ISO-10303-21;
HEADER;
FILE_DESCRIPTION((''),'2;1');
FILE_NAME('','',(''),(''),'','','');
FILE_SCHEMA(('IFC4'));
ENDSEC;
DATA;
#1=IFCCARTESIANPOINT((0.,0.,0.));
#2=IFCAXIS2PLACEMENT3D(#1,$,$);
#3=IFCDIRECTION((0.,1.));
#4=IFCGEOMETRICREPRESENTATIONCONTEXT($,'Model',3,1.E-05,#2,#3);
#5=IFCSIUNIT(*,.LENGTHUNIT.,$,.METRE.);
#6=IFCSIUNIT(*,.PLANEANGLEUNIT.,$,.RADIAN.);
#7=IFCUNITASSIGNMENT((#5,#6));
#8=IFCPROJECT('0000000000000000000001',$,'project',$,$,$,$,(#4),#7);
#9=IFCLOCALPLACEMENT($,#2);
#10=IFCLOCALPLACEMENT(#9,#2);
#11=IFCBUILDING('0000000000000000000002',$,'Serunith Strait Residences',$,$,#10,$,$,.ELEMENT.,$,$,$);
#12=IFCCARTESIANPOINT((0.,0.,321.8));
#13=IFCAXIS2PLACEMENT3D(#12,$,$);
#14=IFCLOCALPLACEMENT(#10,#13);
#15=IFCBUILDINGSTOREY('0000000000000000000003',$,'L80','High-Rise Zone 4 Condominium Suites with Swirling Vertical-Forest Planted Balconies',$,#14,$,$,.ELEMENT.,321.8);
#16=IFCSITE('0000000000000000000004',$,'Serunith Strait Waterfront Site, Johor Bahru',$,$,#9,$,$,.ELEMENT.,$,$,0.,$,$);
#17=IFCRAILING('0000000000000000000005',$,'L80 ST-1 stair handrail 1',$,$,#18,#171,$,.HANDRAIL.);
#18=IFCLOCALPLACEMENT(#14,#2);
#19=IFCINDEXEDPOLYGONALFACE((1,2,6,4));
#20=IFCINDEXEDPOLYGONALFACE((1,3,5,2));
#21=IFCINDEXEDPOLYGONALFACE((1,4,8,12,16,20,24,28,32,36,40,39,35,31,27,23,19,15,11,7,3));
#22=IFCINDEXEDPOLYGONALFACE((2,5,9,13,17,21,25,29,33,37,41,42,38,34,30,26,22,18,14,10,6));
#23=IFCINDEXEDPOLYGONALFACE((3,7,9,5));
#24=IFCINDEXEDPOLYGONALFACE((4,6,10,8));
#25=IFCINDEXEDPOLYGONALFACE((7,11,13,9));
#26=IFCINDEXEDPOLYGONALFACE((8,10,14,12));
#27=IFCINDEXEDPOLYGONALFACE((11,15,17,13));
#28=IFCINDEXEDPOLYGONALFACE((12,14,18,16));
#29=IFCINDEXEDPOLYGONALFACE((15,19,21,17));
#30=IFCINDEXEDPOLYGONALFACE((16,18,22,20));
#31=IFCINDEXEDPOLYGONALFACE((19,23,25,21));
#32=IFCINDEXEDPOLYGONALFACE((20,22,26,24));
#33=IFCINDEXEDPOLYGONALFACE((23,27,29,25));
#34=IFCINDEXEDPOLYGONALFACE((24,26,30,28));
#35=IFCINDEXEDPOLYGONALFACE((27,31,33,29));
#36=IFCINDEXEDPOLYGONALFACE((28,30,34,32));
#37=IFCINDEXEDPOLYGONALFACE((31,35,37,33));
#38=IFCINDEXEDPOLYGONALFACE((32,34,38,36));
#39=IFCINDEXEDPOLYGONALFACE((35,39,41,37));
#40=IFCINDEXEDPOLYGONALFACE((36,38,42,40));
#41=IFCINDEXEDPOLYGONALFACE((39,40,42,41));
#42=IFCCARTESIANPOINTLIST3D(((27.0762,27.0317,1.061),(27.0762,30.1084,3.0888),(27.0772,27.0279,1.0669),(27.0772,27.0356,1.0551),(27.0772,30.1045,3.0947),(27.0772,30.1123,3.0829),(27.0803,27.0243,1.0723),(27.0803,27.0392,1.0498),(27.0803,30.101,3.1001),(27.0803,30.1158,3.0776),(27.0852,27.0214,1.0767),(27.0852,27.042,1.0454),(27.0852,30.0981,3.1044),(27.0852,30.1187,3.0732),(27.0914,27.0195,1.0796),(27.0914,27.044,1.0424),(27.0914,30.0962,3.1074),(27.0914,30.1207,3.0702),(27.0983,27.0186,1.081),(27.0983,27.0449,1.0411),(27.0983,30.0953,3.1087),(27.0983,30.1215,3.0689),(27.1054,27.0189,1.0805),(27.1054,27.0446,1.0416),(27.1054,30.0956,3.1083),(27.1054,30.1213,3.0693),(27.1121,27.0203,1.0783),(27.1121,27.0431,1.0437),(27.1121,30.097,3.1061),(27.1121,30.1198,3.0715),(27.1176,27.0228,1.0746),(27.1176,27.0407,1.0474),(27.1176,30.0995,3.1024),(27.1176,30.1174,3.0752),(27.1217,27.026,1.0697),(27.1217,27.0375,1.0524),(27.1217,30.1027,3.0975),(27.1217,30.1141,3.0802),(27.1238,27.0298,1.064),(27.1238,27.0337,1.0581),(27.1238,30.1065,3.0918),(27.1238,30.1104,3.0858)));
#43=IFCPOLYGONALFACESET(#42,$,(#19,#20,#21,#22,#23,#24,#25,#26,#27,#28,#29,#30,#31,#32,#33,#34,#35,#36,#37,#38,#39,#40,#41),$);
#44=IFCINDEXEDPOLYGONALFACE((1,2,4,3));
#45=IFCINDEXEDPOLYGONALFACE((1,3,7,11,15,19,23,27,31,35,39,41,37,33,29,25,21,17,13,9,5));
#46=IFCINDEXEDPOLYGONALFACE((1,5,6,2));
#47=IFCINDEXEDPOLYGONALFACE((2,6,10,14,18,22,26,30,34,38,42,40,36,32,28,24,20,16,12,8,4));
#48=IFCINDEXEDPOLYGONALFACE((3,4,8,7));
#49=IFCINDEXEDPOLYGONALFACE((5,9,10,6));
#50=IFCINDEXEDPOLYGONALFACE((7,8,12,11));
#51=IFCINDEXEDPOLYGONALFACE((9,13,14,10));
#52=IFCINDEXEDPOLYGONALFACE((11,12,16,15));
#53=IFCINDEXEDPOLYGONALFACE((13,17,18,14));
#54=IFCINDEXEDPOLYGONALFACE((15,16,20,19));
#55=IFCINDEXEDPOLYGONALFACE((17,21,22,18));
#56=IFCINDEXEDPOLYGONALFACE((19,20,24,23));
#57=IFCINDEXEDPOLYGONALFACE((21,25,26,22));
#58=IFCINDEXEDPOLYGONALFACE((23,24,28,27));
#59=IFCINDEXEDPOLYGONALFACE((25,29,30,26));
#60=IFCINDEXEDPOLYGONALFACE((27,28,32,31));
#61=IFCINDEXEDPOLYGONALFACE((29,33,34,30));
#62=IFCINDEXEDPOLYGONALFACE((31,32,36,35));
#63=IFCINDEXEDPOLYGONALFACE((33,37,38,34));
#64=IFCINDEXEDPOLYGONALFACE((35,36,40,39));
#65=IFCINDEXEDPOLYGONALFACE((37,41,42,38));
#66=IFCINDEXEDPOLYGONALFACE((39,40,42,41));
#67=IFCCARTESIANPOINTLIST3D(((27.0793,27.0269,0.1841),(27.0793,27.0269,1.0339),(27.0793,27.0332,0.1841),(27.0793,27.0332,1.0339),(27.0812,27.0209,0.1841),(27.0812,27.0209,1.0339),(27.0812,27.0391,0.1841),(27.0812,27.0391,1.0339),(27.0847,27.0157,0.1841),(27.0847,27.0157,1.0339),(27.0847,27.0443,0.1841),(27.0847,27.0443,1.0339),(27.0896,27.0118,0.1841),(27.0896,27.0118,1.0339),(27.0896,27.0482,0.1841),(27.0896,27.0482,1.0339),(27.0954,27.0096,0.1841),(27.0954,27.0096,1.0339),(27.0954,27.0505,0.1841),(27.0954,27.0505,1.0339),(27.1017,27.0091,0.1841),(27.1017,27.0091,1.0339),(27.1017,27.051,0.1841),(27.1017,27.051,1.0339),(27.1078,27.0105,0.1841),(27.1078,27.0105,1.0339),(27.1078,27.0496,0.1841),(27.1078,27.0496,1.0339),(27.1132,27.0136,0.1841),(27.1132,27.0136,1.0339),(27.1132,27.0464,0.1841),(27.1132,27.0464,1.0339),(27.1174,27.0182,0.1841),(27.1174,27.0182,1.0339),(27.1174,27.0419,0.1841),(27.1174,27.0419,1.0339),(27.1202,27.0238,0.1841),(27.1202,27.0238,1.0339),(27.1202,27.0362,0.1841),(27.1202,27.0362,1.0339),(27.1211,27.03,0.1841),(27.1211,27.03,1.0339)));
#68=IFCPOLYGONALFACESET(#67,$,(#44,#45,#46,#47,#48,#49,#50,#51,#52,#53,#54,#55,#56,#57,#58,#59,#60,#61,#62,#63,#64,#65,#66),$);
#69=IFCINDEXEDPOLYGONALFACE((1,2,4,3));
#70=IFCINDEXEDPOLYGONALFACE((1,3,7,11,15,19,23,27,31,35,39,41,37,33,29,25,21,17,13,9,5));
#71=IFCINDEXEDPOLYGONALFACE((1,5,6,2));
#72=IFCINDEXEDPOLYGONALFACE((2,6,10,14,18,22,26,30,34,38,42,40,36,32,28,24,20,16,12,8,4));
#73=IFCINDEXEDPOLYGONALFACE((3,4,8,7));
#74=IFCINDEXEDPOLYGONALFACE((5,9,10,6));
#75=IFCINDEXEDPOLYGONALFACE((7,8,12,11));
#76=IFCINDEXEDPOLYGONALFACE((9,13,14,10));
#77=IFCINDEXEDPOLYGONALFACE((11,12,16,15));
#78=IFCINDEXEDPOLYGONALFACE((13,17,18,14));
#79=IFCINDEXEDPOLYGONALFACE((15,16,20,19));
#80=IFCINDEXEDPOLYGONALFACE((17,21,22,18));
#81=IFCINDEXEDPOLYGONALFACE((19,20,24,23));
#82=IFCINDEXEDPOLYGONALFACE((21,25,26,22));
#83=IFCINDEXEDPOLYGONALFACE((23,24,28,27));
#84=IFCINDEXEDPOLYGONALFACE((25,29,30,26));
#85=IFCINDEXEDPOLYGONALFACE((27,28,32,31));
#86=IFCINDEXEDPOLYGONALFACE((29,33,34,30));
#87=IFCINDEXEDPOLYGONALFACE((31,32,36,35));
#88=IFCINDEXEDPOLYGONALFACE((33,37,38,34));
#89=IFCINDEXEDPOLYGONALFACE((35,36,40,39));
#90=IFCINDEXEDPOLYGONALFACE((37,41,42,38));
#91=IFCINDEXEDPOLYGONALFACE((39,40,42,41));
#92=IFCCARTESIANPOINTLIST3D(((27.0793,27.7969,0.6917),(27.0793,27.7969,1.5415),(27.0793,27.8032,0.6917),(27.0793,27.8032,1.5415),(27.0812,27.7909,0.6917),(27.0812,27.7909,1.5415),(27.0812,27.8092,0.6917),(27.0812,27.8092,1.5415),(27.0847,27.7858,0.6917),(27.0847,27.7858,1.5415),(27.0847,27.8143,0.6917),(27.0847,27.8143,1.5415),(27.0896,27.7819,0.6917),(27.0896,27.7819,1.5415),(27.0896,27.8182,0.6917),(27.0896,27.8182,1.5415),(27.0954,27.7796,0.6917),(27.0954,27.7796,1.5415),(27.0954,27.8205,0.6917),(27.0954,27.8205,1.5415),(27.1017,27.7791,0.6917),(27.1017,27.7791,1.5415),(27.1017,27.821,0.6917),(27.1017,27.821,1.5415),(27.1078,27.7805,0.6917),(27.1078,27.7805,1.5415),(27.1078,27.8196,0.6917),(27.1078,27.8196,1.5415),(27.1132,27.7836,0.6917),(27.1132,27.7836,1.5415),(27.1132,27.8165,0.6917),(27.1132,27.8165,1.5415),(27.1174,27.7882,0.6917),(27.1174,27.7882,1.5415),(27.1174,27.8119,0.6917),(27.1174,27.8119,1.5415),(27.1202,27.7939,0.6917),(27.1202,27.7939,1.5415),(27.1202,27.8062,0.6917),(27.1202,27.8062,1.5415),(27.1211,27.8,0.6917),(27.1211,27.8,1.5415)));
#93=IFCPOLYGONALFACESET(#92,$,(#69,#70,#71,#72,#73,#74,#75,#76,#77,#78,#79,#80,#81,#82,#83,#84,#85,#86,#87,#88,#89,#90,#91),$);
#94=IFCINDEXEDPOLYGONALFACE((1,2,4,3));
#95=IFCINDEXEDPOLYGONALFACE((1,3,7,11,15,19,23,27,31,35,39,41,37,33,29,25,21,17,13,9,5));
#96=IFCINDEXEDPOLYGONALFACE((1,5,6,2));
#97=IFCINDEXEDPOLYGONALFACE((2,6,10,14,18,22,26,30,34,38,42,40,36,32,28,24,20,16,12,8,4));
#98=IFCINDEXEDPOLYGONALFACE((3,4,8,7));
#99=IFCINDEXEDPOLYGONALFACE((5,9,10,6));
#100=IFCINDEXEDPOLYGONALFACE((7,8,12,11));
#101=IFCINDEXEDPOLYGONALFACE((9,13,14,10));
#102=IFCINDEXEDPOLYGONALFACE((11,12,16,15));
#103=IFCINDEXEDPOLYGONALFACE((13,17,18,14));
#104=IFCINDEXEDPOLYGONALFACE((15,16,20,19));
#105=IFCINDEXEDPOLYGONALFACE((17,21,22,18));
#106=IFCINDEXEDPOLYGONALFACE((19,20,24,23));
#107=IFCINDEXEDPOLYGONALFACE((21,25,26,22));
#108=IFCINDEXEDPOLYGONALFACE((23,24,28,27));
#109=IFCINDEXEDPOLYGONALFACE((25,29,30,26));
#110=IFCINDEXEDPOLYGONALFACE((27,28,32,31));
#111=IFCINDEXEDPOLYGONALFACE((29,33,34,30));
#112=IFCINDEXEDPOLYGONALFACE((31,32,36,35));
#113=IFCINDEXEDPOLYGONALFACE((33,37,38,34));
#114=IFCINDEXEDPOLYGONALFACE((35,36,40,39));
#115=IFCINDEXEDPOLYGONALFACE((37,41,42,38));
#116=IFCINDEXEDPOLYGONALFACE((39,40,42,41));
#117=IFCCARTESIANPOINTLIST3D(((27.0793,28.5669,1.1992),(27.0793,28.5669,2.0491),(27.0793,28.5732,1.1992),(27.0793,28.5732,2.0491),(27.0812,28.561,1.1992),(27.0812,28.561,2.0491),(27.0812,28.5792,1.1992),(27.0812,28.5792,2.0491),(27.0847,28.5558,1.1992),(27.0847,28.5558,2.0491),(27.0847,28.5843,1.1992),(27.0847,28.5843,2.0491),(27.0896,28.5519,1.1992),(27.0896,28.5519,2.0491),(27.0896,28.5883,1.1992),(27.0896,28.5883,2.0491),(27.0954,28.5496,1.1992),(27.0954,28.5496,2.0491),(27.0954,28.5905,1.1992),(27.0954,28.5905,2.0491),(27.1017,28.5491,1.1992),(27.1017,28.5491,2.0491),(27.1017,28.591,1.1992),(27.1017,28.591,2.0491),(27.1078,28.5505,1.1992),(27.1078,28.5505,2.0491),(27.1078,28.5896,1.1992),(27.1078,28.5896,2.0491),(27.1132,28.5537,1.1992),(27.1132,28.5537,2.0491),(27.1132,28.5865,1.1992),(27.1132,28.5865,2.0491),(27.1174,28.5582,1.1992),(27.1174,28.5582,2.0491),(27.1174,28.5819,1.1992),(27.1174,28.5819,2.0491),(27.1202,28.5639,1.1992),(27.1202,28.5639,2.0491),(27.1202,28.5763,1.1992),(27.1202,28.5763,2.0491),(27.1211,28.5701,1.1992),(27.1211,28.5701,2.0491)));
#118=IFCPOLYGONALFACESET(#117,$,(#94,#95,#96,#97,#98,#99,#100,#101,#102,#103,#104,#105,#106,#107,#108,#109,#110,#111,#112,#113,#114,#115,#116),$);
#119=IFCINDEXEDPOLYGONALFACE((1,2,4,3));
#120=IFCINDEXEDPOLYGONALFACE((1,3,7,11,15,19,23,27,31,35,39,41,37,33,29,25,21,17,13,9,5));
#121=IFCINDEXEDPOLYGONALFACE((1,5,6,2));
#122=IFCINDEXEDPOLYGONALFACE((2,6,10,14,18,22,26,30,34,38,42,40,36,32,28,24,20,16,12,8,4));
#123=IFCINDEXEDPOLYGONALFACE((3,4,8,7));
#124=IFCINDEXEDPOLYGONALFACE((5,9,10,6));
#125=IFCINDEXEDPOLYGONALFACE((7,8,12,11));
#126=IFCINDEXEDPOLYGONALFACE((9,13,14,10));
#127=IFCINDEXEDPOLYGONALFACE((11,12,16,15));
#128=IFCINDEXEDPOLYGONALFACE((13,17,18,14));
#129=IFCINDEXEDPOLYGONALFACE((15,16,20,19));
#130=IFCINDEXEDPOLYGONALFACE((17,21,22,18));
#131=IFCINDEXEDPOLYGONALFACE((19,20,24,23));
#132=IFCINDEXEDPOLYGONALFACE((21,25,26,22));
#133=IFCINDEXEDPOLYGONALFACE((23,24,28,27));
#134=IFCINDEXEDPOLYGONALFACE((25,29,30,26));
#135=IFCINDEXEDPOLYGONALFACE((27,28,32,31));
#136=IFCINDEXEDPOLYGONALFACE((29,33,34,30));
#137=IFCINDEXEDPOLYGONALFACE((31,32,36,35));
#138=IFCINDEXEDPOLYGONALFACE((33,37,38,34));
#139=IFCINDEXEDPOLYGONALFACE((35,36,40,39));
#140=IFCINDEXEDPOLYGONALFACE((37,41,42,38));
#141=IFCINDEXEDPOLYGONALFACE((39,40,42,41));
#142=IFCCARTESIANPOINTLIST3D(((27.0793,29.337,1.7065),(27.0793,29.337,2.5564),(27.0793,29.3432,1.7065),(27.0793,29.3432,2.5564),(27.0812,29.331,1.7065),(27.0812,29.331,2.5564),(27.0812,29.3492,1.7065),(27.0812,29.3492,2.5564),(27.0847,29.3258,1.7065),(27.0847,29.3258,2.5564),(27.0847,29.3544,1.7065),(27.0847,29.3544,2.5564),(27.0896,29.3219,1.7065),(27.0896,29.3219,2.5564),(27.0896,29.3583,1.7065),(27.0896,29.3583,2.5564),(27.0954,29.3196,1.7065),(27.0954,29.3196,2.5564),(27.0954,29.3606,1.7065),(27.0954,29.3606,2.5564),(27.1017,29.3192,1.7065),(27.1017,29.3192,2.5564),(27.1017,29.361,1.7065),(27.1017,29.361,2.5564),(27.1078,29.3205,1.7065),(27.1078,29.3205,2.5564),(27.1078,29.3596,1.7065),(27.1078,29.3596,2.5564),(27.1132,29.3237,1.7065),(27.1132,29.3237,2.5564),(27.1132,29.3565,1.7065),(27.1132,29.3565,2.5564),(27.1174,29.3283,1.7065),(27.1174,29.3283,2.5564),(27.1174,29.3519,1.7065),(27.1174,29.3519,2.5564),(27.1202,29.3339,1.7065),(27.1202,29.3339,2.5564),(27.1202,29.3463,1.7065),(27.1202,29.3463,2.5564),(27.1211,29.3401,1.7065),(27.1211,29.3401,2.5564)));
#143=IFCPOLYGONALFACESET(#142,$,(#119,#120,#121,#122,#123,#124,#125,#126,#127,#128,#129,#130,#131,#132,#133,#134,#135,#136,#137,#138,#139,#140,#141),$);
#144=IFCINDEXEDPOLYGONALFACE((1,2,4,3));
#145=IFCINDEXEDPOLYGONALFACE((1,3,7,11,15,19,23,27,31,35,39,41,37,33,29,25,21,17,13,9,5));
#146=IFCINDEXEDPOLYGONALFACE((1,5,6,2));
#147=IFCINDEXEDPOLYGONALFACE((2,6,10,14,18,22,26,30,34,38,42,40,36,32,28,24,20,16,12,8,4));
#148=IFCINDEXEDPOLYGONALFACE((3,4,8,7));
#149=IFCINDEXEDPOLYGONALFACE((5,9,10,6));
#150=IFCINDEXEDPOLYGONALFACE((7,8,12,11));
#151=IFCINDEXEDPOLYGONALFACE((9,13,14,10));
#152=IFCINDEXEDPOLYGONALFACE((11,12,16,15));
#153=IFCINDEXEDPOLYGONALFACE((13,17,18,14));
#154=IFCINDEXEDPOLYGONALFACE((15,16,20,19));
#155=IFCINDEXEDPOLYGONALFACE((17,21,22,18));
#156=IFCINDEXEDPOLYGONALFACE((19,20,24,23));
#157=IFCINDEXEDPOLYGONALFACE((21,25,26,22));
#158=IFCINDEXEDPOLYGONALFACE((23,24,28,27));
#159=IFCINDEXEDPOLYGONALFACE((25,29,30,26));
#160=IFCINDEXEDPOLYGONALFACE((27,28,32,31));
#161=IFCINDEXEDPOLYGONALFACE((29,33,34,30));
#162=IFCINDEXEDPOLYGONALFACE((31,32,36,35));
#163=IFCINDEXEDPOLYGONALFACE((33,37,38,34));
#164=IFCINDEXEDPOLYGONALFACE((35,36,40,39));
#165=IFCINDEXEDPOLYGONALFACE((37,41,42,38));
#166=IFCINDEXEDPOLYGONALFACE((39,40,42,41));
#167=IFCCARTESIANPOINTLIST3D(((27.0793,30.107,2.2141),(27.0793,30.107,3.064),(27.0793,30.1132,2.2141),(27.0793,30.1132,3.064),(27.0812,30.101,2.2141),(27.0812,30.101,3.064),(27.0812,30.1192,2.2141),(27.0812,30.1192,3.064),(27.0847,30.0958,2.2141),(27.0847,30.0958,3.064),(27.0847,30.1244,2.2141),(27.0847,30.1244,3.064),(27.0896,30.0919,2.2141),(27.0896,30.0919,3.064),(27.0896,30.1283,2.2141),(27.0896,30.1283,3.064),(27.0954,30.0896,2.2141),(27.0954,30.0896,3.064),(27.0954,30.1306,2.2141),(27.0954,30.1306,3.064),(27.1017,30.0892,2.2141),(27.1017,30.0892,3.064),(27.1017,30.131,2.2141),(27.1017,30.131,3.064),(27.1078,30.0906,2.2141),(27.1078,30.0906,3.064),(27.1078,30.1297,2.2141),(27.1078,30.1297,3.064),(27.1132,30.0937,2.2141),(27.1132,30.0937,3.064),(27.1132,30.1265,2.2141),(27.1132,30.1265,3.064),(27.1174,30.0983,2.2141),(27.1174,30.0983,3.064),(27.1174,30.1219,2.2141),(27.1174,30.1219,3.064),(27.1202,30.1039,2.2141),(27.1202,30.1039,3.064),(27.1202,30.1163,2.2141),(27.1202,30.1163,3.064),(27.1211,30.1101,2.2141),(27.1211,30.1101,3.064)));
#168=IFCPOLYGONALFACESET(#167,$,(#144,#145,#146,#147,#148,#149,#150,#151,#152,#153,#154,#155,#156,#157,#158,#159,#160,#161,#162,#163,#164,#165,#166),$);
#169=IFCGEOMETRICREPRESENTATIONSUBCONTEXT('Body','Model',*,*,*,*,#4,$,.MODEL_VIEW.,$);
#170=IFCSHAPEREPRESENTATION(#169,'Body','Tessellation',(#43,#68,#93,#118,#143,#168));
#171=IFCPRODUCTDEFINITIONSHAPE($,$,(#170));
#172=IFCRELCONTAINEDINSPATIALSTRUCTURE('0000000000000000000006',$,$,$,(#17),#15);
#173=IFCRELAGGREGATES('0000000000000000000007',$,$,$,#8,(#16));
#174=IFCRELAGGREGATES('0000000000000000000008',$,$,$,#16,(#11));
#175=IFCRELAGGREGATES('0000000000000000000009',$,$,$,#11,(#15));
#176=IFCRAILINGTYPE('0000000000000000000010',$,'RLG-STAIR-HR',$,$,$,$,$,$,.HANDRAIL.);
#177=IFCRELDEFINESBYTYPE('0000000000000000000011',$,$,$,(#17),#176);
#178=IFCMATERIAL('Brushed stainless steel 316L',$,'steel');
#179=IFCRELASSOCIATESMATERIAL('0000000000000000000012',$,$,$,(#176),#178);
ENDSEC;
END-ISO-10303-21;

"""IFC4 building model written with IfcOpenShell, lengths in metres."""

from ifc_helpers import new_model, si_unit, direction, frame, origin, origin_2d, place, context, subcontext, project, spatial, circle, extrude, material, type_object, element, save


model = new_model("IFC4")

# Units and contexts
model_context = context("Model", 3, precision=1e-05, world=origin(), true_north=direction((0.0, 1.0)))
body_context = subcontext(model_context, "Body", "Model", "MODEL_VIEW")
ifc_project = project(units=[si_unit("LENGTHUNIT", "METRE"), si_unit("PLANEANGLEUNIT", "RADIAN")], contexts=[model_context])

# Site, building, storey
site_placement = place(None, origin())
site = spatial("IfcSite", under=ifc_project, at=site_placement, Name="Serunith Strait Waterfront Site, Johor Bahru", CompositionType="ELEMENT", RefElevation=0.0)
building_placement = place(site_placement, origin())
building = spatial("IfcBuilding", under=site, at=building_placement, Name="Serunith Strait Residences", CompositionType="ELEMENT")
storey_placement = place(building_placement, frame((0.0, 0.0, 321.8)))
storey = spatial("IfcBuildingStorey", under=building, at=storey_placement, Name="L80", Description="High-Rise Zone 4 Condominium Suites with Swirling Vertical-Forest Planted Balconies", CompositionType="ELEMENT", Elevation=321.8)

# Railing
ifc_material_1 = material(Name="Brushed stainless steel 316L", Category="steel")
railing_type_1 = type_object("IfcRailingType", Name="RLG-STAIR-HR", PredefinedType="HANDRAIL", material=ifc_material_1)
railing_1_placement = place(storey_placement, frame((27.1001, 27.03, 0.1841)))
element("IfcRailing", 1, at=railing_1_placement, inside=storey, type_object=railing_type_1, Name="L80 ST-1 stair handrail 1", PredefinedType="HANDRAIL", context=body_context, shape_type="SweptSolid", body=[
    extrude(circle(Radius=0.0239, at=origin_2d()), frame((0.0, 0.0017, 0.877), z_axis=(0.0, 0.834961, 0.550309), x_axis=(-1.0, 0.0, 0.0)), (0.0, 0.0, 1.0), 3.6848),
    extrude(circle(Radius=0.021, at=origin_2d()), origin(), (0.0, 0.0, 1.0), 0.8499),
    extrude(circle(Radius=0.021, at=origin_2d()), frame((0.0, 0.77, 0.5076)), (0.0, 0.0, 1.0), 0.8499),
    extrude(circle(Radius=0.021, at=origin_2d()), frame((0.0, 1.54, 1.0151)), (0.0, 0.0, 1.0), 0.8499),
    extrude(circle(Radius=0.021, at=origin_2d()), frame((0.0, 2.3101, 1.5225)), (0.0, 0.0, 1.0), 0.8499),
    extrude(circle(Radius=0.021, at=origin_2d()), frame((0.0, 3.0801, 2.03)), (0.0, 0.0, 1.0), 0.8499),
])

save(model, "model.ifc")
